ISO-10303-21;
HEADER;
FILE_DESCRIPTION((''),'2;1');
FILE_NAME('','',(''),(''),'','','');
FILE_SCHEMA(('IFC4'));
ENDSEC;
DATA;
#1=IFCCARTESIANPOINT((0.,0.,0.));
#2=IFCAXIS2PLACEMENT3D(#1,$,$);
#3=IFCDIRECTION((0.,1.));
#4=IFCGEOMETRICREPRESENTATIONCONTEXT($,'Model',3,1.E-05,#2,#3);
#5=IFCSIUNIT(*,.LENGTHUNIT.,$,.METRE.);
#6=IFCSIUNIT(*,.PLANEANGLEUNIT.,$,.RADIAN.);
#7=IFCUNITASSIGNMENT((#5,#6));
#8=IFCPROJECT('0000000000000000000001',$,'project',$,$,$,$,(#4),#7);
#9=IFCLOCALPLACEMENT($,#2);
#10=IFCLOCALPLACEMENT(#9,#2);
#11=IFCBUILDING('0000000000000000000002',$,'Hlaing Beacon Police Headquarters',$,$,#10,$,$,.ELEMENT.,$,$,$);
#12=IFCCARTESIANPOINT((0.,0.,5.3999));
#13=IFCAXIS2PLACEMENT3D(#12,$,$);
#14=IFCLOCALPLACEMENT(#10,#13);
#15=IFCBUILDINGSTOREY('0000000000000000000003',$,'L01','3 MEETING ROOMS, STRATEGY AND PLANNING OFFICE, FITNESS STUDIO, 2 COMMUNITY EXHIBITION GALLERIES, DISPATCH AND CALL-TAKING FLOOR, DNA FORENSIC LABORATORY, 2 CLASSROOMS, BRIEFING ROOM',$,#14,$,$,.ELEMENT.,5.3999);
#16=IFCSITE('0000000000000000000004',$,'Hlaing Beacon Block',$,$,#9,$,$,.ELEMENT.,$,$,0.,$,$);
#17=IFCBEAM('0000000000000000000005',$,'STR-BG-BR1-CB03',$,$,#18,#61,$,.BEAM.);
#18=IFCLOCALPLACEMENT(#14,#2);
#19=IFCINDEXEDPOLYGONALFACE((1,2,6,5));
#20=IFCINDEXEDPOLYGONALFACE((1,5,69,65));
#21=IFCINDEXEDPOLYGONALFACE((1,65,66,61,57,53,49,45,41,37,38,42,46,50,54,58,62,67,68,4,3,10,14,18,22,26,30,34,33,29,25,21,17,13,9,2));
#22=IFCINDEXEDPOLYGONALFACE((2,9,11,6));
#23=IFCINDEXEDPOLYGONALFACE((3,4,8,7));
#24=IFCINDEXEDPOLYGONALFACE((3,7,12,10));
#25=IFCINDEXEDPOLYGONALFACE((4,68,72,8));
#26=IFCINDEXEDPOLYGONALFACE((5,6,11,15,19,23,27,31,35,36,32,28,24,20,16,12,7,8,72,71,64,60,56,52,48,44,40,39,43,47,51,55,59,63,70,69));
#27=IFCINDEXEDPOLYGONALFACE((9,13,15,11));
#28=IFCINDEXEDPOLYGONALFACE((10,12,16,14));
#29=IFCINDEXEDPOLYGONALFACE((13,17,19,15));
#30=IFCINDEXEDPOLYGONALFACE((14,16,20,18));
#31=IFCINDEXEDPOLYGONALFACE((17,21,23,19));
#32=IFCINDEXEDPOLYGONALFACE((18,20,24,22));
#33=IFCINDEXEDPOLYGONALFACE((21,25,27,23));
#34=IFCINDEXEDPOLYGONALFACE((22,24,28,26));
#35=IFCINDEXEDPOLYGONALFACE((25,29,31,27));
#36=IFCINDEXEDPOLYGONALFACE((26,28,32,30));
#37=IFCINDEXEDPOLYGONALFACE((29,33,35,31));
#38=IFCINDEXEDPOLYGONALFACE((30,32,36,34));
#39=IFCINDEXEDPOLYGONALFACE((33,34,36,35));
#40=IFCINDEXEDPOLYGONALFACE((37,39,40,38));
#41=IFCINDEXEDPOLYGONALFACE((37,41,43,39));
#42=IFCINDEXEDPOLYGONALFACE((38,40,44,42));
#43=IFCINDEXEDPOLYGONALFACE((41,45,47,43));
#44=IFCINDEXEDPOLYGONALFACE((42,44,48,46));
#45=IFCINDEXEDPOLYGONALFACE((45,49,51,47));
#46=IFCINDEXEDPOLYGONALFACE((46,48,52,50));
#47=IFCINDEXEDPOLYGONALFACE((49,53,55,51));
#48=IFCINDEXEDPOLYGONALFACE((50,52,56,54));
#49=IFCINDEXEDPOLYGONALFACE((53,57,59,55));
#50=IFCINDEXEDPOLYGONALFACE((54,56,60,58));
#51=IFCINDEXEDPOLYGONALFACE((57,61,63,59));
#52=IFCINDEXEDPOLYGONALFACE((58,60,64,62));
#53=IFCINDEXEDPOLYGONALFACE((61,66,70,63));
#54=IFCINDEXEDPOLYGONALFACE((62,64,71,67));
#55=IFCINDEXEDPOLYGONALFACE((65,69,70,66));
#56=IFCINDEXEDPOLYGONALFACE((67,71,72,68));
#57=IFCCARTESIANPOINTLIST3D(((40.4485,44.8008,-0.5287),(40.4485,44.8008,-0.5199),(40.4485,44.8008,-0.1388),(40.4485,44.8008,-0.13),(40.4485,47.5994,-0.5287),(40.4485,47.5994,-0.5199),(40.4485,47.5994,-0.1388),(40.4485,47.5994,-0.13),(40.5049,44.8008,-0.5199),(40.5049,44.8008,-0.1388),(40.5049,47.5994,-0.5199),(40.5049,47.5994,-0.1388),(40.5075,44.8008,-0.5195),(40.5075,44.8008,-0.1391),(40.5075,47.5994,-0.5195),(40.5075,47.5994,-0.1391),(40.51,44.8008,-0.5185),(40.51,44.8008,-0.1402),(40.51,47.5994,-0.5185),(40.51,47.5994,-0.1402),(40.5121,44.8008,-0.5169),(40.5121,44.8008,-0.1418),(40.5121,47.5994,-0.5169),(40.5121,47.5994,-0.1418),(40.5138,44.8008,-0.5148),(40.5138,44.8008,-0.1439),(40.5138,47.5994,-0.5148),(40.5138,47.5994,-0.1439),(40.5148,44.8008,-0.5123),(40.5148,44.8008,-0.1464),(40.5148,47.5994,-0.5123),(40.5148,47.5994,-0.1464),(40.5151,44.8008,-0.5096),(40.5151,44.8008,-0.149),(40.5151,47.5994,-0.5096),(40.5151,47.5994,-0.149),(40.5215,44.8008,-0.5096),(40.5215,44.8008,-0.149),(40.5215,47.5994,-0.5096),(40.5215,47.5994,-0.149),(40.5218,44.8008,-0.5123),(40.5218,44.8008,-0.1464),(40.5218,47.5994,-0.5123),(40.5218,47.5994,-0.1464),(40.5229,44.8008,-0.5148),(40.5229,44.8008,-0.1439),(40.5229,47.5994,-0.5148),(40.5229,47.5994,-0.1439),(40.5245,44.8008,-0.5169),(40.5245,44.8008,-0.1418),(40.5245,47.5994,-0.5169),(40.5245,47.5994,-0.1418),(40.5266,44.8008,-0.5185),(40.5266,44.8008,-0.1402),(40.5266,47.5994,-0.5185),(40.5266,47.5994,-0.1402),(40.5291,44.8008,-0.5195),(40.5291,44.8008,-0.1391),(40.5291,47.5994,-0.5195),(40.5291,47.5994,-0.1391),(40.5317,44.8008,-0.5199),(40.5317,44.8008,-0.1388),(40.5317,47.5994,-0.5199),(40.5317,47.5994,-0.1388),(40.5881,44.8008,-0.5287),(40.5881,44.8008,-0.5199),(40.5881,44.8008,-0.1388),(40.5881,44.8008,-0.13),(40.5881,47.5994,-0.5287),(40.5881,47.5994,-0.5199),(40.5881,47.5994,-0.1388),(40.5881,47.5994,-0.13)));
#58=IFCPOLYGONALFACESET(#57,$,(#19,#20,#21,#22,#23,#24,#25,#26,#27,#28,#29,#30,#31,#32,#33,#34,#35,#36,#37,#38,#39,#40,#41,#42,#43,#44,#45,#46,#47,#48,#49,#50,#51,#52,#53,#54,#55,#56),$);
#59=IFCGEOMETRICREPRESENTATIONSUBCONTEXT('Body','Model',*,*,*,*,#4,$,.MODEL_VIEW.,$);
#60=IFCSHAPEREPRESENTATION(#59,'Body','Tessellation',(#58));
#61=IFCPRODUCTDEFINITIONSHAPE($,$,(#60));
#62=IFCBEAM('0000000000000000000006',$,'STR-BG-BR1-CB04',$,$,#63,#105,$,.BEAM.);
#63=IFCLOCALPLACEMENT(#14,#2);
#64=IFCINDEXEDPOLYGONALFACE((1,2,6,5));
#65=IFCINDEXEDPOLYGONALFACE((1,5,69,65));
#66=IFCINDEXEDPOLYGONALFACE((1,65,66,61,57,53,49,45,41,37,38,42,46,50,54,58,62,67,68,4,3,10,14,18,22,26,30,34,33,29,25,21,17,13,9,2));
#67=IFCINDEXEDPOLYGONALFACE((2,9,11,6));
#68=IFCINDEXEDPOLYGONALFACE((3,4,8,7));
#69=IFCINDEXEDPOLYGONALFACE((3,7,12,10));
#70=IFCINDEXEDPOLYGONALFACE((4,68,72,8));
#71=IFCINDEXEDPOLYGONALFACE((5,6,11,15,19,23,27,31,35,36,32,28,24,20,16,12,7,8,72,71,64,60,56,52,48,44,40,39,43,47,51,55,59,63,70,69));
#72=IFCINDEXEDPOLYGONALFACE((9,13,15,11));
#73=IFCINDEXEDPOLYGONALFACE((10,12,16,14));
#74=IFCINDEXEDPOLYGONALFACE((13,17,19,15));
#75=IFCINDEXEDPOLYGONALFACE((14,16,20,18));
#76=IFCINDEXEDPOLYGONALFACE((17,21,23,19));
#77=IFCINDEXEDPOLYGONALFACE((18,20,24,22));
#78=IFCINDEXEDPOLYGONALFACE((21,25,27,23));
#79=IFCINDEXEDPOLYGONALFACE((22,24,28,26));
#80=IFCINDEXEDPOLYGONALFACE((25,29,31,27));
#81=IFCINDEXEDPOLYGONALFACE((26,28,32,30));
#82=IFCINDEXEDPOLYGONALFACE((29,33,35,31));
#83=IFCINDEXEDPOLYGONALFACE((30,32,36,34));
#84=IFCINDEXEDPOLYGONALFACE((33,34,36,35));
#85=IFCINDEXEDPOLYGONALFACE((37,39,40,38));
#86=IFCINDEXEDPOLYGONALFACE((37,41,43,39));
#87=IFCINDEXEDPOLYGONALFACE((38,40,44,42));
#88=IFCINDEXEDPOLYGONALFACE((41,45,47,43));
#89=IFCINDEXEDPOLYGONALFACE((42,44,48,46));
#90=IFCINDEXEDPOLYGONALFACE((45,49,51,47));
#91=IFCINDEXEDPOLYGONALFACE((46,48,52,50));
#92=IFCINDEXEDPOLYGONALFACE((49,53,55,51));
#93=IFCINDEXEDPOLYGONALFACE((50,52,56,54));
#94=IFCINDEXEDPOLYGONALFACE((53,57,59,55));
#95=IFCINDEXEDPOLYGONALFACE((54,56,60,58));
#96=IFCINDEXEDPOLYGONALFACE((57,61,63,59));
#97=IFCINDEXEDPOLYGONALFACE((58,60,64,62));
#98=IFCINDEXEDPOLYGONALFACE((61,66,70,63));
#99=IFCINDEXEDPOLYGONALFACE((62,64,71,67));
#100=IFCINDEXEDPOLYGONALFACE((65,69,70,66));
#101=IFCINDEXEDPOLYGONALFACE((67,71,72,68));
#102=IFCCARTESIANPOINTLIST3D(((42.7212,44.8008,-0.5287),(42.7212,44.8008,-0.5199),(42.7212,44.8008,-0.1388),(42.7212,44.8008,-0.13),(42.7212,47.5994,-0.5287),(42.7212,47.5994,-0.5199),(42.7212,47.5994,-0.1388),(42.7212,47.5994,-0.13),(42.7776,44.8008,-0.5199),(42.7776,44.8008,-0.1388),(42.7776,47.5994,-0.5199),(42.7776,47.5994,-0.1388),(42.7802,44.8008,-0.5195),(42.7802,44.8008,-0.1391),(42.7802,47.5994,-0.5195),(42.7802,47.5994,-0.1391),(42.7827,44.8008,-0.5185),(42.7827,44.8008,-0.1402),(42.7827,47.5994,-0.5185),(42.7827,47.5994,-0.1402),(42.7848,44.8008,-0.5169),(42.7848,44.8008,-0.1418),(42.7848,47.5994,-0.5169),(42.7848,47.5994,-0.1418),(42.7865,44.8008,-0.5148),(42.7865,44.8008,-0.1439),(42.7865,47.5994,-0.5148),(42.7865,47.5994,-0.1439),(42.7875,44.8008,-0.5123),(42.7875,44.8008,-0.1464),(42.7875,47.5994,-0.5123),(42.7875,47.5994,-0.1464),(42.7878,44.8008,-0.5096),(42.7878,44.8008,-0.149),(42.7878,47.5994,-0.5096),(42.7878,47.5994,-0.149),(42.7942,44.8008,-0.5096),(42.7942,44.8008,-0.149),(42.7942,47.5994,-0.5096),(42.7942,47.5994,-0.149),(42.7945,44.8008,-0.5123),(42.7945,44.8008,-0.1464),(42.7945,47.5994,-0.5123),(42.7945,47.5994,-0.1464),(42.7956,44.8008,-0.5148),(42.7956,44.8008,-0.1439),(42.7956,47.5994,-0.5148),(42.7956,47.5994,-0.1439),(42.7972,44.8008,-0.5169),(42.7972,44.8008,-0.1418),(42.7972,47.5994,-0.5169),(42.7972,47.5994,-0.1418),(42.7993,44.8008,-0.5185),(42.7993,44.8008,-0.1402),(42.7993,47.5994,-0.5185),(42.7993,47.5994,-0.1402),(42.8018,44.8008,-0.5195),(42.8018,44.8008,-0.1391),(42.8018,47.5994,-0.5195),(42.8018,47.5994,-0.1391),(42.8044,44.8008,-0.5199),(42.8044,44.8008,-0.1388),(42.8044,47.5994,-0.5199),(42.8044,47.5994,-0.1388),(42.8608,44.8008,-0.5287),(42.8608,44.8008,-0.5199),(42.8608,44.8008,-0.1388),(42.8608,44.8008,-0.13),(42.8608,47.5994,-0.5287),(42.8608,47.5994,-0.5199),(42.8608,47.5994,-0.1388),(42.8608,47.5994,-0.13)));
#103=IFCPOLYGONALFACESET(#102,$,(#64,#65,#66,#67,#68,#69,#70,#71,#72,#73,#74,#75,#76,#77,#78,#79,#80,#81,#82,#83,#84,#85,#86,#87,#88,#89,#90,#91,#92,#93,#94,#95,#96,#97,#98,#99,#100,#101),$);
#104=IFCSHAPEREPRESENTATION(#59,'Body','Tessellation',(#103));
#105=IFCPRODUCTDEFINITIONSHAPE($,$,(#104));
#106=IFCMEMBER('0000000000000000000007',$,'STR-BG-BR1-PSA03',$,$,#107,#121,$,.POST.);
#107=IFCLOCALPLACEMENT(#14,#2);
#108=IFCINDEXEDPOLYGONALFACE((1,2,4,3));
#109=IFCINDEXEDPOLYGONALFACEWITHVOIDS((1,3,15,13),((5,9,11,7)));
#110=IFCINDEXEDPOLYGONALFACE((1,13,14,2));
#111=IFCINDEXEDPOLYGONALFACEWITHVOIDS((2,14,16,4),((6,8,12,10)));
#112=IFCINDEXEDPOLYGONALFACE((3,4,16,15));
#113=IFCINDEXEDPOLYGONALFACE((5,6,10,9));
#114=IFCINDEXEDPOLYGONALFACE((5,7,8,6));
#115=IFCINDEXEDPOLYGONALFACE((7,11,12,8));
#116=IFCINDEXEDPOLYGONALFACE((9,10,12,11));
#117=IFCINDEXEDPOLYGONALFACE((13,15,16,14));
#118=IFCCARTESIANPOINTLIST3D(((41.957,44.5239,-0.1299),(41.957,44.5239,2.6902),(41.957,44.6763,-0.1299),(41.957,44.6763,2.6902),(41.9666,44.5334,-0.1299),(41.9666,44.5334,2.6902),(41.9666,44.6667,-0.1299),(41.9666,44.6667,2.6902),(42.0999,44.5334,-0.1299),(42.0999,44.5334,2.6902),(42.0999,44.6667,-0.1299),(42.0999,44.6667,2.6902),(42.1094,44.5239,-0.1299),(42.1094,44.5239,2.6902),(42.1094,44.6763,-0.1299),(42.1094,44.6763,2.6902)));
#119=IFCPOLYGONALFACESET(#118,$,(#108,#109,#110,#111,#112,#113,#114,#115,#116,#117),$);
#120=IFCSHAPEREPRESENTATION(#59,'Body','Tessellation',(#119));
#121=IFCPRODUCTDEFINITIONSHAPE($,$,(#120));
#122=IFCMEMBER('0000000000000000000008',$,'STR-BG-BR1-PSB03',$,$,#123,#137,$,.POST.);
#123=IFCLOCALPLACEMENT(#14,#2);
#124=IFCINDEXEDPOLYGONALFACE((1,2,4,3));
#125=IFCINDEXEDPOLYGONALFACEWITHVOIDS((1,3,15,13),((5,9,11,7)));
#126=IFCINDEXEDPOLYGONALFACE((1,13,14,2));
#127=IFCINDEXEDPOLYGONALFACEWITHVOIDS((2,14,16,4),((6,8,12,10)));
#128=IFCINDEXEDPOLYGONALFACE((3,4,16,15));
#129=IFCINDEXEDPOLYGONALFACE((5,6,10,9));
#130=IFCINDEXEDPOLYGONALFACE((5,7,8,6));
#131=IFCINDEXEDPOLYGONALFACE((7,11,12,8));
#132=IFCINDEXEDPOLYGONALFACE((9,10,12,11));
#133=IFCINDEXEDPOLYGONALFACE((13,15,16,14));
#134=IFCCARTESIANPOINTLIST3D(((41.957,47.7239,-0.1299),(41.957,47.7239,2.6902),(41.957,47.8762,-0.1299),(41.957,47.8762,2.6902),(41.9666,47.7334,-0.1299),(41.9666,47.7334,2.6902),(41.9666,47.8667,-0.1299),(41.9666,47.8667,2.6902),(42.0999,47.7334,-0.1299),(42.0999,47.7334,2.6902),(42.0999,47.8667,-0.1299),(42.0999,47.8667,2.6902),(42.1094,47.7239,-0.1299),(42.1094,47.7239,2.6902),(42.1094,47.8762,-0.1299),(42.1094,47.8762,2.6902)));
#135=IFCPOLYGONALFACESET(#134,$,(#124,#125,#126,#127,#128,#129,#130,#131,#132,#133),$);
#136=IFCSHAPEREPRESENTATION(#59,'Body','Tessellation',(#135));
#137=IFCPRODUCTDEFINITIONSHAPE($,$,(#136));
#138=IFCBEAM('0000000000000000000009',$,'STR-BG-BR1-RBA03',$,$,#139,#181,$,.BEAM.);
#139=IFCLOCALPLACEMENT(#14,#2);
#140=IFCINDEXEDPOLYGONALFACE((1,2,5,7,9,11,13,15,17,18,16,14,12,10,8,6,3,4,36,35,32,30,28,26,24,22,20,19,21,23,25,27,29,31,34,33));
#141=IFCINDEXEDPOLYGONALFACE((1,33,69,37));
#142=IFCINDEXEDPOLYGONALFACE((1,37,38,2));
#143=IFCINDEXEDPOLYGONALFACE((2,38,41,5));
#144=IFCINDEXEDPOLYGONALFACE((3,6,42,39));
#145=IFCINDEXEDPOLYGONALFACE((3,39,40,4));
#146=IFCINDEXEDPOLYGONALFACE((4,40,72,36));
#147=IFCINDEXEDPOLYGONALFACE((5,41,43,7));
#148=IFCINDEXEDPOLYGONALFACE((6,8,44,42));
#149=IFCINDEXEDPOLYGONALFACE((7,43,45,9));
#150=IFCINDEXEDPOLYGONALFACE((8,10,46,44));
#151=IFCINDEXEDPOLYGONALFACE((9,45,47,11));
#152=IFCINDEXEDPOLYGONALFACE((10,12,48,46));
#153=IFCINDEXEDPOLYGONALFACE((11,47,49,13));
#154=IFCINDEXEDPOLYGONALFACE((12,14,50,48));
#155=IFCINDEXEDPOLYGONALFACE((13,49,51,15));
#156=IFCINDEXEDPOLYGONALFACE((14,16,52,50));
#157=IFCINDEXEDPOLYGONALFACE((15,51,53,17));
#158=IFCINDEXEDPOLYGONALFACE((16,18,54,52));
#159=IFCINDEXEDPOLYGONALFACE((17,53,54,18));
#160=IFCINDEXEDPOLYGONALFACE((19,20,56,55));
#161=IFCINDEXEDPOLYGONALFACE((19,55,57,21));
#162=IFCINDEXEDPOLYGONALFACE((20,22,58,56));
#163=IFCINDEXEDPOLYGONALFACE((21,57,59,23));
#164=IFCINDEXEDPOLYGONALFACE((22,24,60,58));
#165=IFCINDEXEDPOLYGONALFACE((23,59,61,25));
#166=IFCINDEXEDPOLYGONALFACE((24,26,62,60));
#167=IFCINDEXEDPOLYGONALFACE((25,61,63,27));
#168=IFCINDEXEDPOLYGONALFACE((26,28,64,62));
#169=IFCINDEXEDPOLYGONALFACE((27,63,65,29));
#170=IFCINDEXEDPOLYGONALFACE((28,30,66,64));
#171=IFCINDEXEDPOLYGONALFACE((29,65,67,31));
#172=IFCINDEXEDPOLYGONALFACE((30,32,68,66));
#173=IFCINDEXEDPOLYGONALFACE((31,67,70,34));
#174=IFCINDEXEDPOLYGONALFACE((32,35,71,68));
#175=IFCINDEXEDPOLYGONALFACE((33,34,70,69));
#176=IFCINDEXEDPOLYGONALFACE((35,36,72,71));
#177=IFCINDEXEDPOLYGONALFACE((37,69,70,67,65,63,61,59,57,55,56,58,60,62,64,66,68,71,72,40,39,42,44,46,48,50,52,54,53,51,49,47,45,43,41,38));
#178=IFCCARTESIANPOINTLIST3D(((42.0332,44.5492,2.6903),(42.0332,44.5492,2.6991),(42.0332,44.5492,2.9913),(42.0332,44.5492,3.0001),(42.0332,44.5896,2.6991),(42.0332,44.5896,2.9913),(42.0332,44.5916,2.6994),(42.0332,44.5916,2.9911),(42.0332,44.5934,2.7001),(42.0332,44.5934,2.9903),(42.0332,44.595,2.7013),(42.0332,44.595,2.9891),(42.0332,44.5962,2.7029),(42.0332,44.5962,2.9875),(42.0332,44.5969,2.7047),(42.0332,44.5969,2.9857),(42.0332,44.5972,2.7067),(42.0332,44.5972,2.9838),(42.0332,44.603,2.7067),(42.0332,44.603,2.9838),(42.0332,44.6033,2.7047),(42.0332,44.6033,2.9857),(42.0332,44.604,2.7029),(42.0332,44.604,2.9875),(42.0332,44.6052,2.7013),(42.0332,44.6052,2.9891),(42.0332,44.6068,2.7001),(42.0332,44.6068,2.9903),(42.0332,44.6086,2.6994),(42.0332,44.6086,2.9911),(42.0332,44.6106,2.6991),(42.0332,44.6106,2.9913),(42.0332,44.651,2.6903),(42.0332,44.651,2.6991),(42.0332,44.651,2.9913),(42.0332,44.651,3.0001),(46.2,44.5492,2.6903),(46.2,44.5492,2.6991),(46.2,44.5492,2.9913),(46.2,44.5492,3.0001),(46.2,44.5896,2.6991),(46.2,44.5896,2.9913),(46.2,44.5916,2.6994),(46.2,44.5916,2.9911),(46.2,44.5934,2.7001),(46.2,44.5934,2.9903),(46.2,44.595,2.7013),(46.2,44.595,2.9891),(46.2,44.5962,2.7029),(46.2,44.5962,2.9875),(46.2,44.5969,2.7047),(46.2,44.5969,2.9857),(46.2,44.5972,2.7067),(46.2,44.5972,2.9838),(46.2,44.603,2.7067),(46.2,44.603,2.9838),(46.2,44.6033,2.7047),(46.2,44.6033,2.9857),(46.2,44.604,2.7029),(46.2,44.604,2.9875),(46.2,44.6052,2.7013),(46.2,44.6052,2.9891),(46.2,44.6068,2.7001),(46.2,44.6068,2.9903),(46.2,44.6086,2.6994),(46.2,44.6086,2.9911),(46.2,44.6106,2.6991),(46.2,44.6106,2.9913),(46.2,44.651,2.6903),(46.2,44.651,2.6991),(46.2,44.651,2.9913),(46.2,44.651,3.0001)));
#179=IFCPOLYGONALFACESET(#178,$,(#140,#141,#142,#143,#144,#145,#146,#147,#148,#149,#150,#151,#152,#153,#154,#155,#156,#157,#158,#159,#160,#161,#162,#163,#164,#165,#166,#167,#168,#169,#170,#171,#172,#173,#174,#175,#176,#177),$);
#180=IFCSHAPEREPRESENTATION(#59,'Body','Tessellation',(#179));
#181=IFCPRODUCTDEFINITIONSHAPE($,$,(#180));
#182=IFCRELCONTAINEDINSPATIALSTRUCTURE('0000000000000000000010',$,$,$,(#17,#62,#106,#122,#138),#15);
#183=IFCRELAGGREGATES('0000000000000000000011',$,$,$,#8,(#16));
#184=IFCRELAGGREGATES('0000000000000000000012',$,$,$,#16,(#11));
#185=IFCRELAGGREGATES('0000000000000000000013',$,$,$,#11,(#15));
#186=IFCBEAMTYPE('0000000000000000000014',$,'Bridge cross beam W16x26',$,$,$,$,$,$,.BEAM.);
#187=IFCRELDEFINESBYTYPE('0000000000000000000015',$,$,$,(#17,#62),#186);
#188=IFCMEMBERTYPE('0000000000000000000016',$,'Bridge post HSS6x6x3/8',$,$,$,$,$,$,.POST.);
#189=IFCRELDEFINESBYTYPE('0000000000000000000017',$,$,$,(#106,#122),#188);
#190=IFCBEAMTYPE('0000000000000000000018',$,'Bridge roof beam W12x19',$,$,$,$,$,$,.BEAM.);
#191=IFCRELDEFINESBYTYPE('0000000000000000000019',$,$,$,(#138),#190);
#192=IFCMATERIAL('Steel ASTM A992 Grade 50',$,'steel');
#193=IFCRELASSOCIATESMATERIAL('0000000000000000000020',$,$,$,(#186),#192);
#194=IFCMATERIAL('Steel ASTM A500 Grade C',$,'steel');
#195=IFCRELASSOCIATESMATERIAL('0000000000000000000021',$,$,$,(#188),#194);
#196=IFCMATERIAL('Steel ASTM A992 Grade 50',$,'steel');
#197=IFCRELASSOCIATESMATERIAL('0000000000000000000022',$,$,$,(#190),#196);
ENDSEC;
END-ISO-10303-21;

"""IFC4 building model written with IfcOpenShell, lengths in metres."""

from ifc_helpers import new_model, si_unit, direction, frame, origin, origin_2d, place, context, subcontext, project, spatial, hollow_rectangle, i_section, extrude, material, material_profile, profile_set, type_object, element, save


model = new_model("IFC4")

# Units and contexts
model_context = context("Model", 3, precision=1e-05, world=origin(), true_north=direction((0.0, 1.0)))
body_context = subcontext(model_context, "Body", "Model", "MODEL_VIEW")
ifc_project = project(units=[si_unit("LENGTHUNIT", "METRE"), si_unit("PLANEANGLEUNIT", "RADIAN")], contexts=[model_context])

# Site, building, storey
site_placement = place(None, origin())
site = spatial("IfcSite", under=ifc_project, at=site_placement, Name="Hlaing Beacon Block", CompositionType="ELEMENT", RefElevation=0.0)
building_placement = place(site_placement, origin())
building = spatial("IfcBuilding", under=site, at=building_placement, Name="Hlaing Beacon Police Headquarters", CompositionType="ELEMENT")
storey_placement = place(building_placement, frame((0.0, 0.0, 5.3999)))
storey = spatial("IfcBuildingStorey", under=building, at=storey_placement, Name="L01", Description="3 MEETING ROOMS, STRATEGY AND PLANNING OFFICE, FITNESS STUDIO, 2 COMMUNITY EXHIBITION GALLERIES, DISPATCH AND CALL-TAKING FLOOR, DNA FORENSIC LABORATORY, 2 CLASSROOMS, BRIEFING ROOM", CompositionType="ELEMENT", Elevation=5.3999)

# Beams
ifc_material_1 = material(Name="Steel ASTM A992 Grade 50", Category="steel")
ifc_material_profile_1 = material_profile(ifc_material_1, i_section(OverallWidth=0.1396, OverallDepth=0.3987, WebThickness=0.0063, FlangeThickness=0.0088, FilletRadius=0.0103, at=origin_2d()), Name="W16x26")
ifc_profile_set_1 = profile_set([ifc_material_profile_1], Name="Steel ASTM A992 Grade 50")
beam_type_1 = type_object("IfcBeamType", Name="Bridge cross beam W16x26", PredefinedType="BEAM", material=ifc_profile_set_1)
for number, where, z_axis, x_axis, name in (
    (1, (40.5183, 44.8008, -0.3293), (0.0, 1.0, 0.0), (-1.0, 0.0, 0.0), "STR-BG-BR1-CB03"),
    (2, (42.791, 44.8008, -0.3293), (0.0, 1.0, 0.0), (-1.0, 0.0, 0.0), "STR-BG-BR1-CB04"),
):
    element("IfcBeam", number, at=place(storey_placement, frame(where, z_axis=z_axis, x_axis=x_axis)), inside=storey, type_object=beam_type_1, Name=name, PredefinedType="BEAM", context=body_context, shape_type="SweptSolid", body=[
        extrude(i_section(OverallWidth=0.1396, OverallDepth=0.3987, WebThickness=0.0063, FlangeThickness=0.0088, FilletRadius=0.0103, at=origin_2d()), origin(), (0.0, 0.0, 1.0), 2.7986),
    ])

# Members
ifc_material_2 = material(Name="Steel ASTM A500 Grade C", Category="steel")
ifc_material_profile_2 = material_profile(ifc_material_2, hollow_rectangle(XDim=0.1523, YDim=0.1523, WallThickness=0.0095, at=origin_2d()), Name="HSS6x6x3/8")
ifc_profile_set_2 = profile_set([ifc_material_profile_2], Name="Steel ASTM A500 Grade C")
member_type_1 = type_object("IfcMemberType", Name="Bridge post HSS6x6x3/8", PredefinedType="POST", material=ifc_profile_set_2)
for number, where, z_axis, x_axis, name in (
    (3, (42.0332, 44.6001, -0.1299), (0.0, 0.0, 1.0), (1.0, 0.0, 0.0), "STR-BG-BR1-PSA03"),
    (4, (42.0332, 47.8, -0.1299), (0.0, 0.0, 1.0), (1.0, 0.0, 0.0), "STR-BG-BR1-PSB03"),
):
    element("IfcMember", number, at=place(storey_placement, frame(where, z_axis=z_axis, x_axis=x_axis)), inside=storey, type_object=member_type_1, Name=name, PredefinedType="POST", context=body_context, shape_type="SweptSolid", body=[
        extrude(hollow_rectangle(XDim=0.1523, YDim=0.1523, WallThickness=0.0095, at=origin_2d()), origin(), (0.0, 0.0, 1.0), 2.8201),
    ])

# Beam
ifc_material_3 = material(Name="Steel ASTM A992 Grade 50", Category="steel")
ifc_material_profile_3 = material_profile(ifc_material_3, i_section(OverallWidth=0.1018, OverallDepth=0.3098, WebThickness=0.0059, FlangeThickness=0.0088, FilletRadius=0.0076, at=origin_2d()), Name="W12x19")
ifc_profile_set_3 = profile_set([ifc_material_profile_3], Name="Steel ASTM A992 Grade 50")
beam_type_2 = type_object("IfcBeamType", Name="Bridge roof beam W12x19", PredefinedType="BEAM", material=ifc_profile_set_3)
for number, where, z_axis, x_axis, name in (
    (5, (42.0332, 44.6001, 2.8452), (1.0, 0.0, 0.0), (0.0, 1.0, 0.0), "STR-BG-BR1-RBA03"),
):
    element("IfcBeam", number, at=place(storey_placement, frame(where, z_axis=z_axis, x_axis=x_axis)), inside=storey, type_object=beam_type_2, Name=name, PredefinedType="BEAM", context=body_context, shape_type="SweptSolid", body=[
        extrude(i_section(OverallWidth=0.1018, OverallDepth=0.3098, WebThickness=0.0059, FlangeThickness=0.0088, FilletRadius=0.0076, at=origin_2d()), origin(), (0.0, 0.0, 1.0), 4.1667),
    ])

save(model, "model.ifc")
